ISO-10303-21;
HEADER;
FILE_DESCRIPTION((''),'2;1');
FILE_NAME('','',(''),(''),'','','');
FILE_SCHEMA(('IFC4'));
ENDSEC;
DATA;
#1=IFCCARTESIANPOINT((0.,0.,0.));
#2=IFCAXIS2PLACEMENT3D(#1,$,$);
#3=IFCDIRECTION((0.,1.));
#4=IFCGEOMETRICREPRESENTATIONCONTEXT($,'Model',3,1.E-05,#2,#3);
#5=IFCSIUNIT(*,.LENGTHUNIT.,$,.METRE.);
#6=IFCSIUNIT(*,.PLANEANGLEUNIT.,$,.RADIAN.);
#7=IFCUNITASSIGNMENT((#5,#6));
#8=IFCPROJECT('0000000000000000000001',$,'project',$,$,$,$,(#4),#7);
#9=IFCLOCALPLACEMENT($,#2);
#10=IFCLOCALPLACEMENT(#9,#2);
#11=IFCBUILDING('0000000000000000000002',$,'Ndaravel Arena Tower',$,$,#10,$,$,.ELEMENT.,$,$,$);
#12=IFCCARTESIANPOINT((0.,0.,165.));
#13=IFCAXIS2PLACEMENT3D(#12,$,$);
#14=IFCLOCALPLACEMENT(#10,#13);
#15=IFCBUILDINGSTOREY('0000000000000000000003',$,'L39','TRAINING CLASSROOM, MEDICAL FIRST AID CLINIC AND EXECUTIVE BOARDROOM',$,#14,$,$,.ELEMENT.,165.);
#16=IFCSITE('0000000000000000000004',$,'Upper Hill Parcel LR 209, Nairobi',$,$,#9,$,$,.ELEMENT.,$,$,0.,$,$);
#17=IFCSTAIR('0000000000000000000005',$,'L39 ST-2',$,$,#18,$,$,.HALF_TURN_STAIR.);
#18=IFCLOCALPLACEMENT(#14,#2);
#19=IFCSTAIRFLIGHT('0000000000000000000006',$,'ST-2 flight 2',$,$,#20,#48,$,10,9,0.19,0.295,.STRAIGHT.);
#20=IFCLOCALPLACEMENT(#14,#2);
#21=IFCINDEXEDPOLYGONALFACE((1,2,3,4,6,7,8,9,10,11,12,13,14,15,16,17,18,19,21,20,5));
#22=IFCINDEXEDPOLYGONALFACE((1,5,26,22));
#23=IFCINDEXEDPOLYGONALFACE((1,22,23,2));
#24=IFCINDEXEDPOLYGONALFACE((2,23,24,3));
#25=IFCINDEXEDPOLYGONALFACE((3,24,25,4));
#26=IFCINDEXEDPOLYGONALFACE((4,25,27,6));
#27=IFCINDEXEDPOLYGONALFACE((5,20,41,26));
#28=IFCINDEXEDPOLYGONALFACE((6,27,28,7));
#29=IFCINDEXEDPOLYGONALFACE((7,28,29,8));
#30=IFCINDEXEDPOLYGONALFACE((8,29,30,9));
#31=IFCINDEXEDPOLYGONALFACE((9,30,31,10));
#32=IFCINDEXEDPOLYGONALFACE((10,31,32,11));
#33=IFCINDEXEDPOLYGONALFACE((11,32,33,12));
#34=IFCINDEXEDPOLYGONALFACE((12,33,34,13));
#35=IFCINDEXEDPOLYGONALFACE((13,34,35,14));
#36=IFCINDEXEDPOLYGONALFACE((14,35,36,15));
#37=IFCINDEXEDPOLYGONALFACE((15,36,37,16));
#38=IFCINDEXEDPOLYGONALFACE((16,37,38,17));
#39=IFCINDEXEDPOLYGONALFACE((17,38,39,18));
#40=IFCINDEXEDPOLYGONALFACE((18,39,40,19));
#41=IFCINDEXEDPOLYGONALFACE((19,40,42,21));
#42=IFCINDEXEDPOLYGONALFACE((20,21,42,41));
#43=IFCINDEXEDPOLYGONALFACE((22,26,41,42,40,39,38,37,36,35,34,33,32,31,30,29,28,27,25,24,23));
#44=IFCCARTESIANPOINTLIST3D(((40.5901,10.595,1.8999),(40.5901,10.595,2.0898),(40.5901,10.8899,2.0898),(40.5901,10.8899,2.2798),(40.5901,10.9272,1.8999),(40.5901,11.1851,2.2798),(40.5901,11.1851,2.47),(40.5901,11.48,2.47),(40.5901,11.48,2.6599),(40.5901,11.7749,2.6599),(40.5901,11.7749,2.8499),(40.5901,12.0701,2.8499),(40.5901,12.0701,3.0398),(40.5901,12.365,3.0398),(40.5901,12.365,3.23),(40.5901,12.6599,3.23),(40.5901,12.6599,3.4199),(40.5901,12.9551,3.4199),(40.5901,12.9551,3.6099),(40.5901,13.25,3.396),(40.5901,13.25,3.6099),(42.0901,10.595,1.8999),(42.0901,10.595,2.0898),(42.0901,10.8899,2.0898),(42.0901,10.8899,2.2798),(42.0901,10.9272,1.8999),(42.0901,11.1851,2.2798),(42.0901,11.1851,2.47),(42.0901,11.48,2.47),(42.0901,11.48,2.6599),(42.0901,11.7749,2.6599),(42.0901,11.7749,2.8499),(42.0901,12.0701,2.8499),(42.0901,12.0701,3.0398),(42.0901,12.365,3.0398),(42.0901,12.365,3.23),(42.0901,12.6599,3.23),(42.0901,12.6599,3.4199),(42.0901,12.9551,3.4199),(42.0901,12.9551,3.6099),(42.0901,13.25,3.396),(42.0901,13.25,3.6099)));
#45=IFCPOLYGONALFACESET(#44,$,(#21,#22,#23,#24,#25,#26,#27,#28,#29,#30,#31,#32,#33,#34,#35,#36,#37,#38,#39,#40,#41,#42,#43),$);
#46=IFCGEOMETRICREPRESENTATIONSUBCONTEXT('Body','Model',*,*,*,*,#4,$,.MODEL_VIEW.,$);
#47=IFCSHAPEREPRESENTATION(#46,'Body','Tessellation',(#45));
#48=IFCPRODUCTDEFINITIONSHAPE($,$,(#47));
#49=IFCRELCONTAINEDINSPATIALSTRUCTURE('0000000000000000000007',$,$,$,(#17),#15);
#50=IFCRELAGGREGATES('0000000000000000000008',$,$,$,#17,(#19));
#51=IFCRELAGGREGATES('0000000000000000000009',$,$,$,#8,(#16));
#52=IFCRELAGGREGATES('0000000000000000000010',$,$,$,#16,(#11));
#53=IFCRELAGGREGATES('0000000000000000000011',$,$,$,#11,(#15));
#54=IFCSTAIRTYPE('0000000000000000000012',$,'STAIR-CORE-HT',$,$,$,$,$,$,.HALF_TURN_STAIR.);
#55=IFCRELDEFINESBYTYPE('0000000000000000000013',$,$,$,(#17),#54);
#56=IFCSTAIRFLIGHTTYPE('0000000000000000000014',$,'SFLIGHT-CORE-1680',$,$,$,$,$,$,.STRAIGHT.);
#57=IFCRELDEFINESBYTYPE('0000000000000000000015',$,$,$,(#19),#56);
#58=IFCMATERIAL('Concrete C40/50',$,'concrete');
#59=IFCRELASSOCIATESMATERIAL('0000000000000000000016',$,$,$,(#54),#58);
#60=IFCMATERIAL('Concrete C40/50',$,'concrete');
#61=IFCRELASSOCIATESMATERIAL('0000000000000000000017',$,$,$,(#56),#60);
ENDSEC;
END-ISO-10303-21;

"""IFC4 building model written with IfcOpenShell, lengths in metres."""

from ifc_helpers import new_model, si_unit, direction, frame, origin, place, context, subcontext, project, spatial, polyline, outline, extrude, material, type_object, element, aggregate, save


model = new_model("IFC4")

# Units and contexts
model_context = context("Model", 3, precision=1e-05, world=origin(), true_north=direction((0.0, 1.0)))
body_context = subcontext(model_context, "Body", "Model", "MODEL_VIEW")
ifc_project = project(units=[si_unit("LENGTHUNIT", "METRE"), si_unit("PLANEANGLEUNIT", "RADIAN")], contexts=[model_context])

# Site, building, storey
site_placement = place(None, origin())
site = spatial("IfcSite", under=ifc_project, at=site_placement, Name="Upper Hill Parcel LR 209, Nairobi", CompositionType="ELEMENT", RefElevation=0.0)
building_placement = place(site_placement, origin())
building = spatial("IfcBuilding", under=site, at=building_placement, Name="Ndaravel Arena Tower", CompositionType="ELEMENT")
storey_placement = place(building_placement, frame((0.0, 0.0, 165.0)))
storey = spatial("IfcBuildingStorey", under=building, at=storey_placement, Name="L39", Description="TRAINING CLASSROOM, MEDICAL FIRST AID CLINIC AND EXECUTIVE BOARDROOM", CompositionType="ELEMENT", Elevation=165.0)

# Stair, stair flight
ifc_material_1 = material(Name="Concrete C40/50", Category="concrete")
stair_type = type_object("IfcStairType", Name="STAIR-CORE-HT", PredefinedType="HALF_TURN_STAIR", material=ifc_material_1)
stair_placement = place(storey_placement, origin())
stair = element("IfcStair", 1, at=stair_placement, inside=storey, type_object=stair_type, Name="L39 ST-2", PredefinedType="HALF_TURN_STAIR")
ifc_material_2 = material(Name="Concrete C40/50", Category="concrete")
stair_flight_type = type_object("IfcStairFlightType", Name="SFLIGHT-CORE-1680", PredefinedType="STRAIGHT", material=ifc_material_2)
stair_flight_1_placement = place(storey_placement, frame((41.3401, 10.595, 1.8999), z_axis=(0.0, 0.0, 1.0), x_axis=(0.0, 1.0, 0.0)))
stair_flight_1 = element("IfcStairFlight", 2, at=stair_flight_1_placement, type_object=stair_flight_type, Name="ST-2 flight 2", NumberOfRisers=10, NumberOfTreads=9, PredefinedType="STRAIGHT", RiserHeight=0.19, TreadLength=0.295, context=body_context, shape_type="SweptSolid", body=[
    extrude(outline(polyline([(0.0, 0.0), (0.0, 0.1899), (0.2949, 0.1899), (0.2949, 0.3799), (0.5901, 0.3799), (0.5901, 0.5701), (0.885, 0.5701), (0.885, 0.76), (1.1799, 0.76), (1.1799, 0.95), (1.4751, 0.95), (1.4751, 1.1399), (1.77, 1.1399), (1.77, 1.3301), (2.0649, 1.3301), (2.0649, 1.52), (2.3601, 1.52), (2.3601, 1.71), (2.655, 1.71), (2.655, 1.8999), (2.655, 1.4961), (0.3323, 0.0), (0.0, 0.0)])), frame((0.0, 0.75, 0.0), z_axis=(0.0, -1.0, 0.0), x_axis=(1.0, 0.0, 0.0)), (0.0, 0.0, 1.0), 1.5),
])
aggregate(stair, [stair_flight_1])

save(model, "model.ifc")
